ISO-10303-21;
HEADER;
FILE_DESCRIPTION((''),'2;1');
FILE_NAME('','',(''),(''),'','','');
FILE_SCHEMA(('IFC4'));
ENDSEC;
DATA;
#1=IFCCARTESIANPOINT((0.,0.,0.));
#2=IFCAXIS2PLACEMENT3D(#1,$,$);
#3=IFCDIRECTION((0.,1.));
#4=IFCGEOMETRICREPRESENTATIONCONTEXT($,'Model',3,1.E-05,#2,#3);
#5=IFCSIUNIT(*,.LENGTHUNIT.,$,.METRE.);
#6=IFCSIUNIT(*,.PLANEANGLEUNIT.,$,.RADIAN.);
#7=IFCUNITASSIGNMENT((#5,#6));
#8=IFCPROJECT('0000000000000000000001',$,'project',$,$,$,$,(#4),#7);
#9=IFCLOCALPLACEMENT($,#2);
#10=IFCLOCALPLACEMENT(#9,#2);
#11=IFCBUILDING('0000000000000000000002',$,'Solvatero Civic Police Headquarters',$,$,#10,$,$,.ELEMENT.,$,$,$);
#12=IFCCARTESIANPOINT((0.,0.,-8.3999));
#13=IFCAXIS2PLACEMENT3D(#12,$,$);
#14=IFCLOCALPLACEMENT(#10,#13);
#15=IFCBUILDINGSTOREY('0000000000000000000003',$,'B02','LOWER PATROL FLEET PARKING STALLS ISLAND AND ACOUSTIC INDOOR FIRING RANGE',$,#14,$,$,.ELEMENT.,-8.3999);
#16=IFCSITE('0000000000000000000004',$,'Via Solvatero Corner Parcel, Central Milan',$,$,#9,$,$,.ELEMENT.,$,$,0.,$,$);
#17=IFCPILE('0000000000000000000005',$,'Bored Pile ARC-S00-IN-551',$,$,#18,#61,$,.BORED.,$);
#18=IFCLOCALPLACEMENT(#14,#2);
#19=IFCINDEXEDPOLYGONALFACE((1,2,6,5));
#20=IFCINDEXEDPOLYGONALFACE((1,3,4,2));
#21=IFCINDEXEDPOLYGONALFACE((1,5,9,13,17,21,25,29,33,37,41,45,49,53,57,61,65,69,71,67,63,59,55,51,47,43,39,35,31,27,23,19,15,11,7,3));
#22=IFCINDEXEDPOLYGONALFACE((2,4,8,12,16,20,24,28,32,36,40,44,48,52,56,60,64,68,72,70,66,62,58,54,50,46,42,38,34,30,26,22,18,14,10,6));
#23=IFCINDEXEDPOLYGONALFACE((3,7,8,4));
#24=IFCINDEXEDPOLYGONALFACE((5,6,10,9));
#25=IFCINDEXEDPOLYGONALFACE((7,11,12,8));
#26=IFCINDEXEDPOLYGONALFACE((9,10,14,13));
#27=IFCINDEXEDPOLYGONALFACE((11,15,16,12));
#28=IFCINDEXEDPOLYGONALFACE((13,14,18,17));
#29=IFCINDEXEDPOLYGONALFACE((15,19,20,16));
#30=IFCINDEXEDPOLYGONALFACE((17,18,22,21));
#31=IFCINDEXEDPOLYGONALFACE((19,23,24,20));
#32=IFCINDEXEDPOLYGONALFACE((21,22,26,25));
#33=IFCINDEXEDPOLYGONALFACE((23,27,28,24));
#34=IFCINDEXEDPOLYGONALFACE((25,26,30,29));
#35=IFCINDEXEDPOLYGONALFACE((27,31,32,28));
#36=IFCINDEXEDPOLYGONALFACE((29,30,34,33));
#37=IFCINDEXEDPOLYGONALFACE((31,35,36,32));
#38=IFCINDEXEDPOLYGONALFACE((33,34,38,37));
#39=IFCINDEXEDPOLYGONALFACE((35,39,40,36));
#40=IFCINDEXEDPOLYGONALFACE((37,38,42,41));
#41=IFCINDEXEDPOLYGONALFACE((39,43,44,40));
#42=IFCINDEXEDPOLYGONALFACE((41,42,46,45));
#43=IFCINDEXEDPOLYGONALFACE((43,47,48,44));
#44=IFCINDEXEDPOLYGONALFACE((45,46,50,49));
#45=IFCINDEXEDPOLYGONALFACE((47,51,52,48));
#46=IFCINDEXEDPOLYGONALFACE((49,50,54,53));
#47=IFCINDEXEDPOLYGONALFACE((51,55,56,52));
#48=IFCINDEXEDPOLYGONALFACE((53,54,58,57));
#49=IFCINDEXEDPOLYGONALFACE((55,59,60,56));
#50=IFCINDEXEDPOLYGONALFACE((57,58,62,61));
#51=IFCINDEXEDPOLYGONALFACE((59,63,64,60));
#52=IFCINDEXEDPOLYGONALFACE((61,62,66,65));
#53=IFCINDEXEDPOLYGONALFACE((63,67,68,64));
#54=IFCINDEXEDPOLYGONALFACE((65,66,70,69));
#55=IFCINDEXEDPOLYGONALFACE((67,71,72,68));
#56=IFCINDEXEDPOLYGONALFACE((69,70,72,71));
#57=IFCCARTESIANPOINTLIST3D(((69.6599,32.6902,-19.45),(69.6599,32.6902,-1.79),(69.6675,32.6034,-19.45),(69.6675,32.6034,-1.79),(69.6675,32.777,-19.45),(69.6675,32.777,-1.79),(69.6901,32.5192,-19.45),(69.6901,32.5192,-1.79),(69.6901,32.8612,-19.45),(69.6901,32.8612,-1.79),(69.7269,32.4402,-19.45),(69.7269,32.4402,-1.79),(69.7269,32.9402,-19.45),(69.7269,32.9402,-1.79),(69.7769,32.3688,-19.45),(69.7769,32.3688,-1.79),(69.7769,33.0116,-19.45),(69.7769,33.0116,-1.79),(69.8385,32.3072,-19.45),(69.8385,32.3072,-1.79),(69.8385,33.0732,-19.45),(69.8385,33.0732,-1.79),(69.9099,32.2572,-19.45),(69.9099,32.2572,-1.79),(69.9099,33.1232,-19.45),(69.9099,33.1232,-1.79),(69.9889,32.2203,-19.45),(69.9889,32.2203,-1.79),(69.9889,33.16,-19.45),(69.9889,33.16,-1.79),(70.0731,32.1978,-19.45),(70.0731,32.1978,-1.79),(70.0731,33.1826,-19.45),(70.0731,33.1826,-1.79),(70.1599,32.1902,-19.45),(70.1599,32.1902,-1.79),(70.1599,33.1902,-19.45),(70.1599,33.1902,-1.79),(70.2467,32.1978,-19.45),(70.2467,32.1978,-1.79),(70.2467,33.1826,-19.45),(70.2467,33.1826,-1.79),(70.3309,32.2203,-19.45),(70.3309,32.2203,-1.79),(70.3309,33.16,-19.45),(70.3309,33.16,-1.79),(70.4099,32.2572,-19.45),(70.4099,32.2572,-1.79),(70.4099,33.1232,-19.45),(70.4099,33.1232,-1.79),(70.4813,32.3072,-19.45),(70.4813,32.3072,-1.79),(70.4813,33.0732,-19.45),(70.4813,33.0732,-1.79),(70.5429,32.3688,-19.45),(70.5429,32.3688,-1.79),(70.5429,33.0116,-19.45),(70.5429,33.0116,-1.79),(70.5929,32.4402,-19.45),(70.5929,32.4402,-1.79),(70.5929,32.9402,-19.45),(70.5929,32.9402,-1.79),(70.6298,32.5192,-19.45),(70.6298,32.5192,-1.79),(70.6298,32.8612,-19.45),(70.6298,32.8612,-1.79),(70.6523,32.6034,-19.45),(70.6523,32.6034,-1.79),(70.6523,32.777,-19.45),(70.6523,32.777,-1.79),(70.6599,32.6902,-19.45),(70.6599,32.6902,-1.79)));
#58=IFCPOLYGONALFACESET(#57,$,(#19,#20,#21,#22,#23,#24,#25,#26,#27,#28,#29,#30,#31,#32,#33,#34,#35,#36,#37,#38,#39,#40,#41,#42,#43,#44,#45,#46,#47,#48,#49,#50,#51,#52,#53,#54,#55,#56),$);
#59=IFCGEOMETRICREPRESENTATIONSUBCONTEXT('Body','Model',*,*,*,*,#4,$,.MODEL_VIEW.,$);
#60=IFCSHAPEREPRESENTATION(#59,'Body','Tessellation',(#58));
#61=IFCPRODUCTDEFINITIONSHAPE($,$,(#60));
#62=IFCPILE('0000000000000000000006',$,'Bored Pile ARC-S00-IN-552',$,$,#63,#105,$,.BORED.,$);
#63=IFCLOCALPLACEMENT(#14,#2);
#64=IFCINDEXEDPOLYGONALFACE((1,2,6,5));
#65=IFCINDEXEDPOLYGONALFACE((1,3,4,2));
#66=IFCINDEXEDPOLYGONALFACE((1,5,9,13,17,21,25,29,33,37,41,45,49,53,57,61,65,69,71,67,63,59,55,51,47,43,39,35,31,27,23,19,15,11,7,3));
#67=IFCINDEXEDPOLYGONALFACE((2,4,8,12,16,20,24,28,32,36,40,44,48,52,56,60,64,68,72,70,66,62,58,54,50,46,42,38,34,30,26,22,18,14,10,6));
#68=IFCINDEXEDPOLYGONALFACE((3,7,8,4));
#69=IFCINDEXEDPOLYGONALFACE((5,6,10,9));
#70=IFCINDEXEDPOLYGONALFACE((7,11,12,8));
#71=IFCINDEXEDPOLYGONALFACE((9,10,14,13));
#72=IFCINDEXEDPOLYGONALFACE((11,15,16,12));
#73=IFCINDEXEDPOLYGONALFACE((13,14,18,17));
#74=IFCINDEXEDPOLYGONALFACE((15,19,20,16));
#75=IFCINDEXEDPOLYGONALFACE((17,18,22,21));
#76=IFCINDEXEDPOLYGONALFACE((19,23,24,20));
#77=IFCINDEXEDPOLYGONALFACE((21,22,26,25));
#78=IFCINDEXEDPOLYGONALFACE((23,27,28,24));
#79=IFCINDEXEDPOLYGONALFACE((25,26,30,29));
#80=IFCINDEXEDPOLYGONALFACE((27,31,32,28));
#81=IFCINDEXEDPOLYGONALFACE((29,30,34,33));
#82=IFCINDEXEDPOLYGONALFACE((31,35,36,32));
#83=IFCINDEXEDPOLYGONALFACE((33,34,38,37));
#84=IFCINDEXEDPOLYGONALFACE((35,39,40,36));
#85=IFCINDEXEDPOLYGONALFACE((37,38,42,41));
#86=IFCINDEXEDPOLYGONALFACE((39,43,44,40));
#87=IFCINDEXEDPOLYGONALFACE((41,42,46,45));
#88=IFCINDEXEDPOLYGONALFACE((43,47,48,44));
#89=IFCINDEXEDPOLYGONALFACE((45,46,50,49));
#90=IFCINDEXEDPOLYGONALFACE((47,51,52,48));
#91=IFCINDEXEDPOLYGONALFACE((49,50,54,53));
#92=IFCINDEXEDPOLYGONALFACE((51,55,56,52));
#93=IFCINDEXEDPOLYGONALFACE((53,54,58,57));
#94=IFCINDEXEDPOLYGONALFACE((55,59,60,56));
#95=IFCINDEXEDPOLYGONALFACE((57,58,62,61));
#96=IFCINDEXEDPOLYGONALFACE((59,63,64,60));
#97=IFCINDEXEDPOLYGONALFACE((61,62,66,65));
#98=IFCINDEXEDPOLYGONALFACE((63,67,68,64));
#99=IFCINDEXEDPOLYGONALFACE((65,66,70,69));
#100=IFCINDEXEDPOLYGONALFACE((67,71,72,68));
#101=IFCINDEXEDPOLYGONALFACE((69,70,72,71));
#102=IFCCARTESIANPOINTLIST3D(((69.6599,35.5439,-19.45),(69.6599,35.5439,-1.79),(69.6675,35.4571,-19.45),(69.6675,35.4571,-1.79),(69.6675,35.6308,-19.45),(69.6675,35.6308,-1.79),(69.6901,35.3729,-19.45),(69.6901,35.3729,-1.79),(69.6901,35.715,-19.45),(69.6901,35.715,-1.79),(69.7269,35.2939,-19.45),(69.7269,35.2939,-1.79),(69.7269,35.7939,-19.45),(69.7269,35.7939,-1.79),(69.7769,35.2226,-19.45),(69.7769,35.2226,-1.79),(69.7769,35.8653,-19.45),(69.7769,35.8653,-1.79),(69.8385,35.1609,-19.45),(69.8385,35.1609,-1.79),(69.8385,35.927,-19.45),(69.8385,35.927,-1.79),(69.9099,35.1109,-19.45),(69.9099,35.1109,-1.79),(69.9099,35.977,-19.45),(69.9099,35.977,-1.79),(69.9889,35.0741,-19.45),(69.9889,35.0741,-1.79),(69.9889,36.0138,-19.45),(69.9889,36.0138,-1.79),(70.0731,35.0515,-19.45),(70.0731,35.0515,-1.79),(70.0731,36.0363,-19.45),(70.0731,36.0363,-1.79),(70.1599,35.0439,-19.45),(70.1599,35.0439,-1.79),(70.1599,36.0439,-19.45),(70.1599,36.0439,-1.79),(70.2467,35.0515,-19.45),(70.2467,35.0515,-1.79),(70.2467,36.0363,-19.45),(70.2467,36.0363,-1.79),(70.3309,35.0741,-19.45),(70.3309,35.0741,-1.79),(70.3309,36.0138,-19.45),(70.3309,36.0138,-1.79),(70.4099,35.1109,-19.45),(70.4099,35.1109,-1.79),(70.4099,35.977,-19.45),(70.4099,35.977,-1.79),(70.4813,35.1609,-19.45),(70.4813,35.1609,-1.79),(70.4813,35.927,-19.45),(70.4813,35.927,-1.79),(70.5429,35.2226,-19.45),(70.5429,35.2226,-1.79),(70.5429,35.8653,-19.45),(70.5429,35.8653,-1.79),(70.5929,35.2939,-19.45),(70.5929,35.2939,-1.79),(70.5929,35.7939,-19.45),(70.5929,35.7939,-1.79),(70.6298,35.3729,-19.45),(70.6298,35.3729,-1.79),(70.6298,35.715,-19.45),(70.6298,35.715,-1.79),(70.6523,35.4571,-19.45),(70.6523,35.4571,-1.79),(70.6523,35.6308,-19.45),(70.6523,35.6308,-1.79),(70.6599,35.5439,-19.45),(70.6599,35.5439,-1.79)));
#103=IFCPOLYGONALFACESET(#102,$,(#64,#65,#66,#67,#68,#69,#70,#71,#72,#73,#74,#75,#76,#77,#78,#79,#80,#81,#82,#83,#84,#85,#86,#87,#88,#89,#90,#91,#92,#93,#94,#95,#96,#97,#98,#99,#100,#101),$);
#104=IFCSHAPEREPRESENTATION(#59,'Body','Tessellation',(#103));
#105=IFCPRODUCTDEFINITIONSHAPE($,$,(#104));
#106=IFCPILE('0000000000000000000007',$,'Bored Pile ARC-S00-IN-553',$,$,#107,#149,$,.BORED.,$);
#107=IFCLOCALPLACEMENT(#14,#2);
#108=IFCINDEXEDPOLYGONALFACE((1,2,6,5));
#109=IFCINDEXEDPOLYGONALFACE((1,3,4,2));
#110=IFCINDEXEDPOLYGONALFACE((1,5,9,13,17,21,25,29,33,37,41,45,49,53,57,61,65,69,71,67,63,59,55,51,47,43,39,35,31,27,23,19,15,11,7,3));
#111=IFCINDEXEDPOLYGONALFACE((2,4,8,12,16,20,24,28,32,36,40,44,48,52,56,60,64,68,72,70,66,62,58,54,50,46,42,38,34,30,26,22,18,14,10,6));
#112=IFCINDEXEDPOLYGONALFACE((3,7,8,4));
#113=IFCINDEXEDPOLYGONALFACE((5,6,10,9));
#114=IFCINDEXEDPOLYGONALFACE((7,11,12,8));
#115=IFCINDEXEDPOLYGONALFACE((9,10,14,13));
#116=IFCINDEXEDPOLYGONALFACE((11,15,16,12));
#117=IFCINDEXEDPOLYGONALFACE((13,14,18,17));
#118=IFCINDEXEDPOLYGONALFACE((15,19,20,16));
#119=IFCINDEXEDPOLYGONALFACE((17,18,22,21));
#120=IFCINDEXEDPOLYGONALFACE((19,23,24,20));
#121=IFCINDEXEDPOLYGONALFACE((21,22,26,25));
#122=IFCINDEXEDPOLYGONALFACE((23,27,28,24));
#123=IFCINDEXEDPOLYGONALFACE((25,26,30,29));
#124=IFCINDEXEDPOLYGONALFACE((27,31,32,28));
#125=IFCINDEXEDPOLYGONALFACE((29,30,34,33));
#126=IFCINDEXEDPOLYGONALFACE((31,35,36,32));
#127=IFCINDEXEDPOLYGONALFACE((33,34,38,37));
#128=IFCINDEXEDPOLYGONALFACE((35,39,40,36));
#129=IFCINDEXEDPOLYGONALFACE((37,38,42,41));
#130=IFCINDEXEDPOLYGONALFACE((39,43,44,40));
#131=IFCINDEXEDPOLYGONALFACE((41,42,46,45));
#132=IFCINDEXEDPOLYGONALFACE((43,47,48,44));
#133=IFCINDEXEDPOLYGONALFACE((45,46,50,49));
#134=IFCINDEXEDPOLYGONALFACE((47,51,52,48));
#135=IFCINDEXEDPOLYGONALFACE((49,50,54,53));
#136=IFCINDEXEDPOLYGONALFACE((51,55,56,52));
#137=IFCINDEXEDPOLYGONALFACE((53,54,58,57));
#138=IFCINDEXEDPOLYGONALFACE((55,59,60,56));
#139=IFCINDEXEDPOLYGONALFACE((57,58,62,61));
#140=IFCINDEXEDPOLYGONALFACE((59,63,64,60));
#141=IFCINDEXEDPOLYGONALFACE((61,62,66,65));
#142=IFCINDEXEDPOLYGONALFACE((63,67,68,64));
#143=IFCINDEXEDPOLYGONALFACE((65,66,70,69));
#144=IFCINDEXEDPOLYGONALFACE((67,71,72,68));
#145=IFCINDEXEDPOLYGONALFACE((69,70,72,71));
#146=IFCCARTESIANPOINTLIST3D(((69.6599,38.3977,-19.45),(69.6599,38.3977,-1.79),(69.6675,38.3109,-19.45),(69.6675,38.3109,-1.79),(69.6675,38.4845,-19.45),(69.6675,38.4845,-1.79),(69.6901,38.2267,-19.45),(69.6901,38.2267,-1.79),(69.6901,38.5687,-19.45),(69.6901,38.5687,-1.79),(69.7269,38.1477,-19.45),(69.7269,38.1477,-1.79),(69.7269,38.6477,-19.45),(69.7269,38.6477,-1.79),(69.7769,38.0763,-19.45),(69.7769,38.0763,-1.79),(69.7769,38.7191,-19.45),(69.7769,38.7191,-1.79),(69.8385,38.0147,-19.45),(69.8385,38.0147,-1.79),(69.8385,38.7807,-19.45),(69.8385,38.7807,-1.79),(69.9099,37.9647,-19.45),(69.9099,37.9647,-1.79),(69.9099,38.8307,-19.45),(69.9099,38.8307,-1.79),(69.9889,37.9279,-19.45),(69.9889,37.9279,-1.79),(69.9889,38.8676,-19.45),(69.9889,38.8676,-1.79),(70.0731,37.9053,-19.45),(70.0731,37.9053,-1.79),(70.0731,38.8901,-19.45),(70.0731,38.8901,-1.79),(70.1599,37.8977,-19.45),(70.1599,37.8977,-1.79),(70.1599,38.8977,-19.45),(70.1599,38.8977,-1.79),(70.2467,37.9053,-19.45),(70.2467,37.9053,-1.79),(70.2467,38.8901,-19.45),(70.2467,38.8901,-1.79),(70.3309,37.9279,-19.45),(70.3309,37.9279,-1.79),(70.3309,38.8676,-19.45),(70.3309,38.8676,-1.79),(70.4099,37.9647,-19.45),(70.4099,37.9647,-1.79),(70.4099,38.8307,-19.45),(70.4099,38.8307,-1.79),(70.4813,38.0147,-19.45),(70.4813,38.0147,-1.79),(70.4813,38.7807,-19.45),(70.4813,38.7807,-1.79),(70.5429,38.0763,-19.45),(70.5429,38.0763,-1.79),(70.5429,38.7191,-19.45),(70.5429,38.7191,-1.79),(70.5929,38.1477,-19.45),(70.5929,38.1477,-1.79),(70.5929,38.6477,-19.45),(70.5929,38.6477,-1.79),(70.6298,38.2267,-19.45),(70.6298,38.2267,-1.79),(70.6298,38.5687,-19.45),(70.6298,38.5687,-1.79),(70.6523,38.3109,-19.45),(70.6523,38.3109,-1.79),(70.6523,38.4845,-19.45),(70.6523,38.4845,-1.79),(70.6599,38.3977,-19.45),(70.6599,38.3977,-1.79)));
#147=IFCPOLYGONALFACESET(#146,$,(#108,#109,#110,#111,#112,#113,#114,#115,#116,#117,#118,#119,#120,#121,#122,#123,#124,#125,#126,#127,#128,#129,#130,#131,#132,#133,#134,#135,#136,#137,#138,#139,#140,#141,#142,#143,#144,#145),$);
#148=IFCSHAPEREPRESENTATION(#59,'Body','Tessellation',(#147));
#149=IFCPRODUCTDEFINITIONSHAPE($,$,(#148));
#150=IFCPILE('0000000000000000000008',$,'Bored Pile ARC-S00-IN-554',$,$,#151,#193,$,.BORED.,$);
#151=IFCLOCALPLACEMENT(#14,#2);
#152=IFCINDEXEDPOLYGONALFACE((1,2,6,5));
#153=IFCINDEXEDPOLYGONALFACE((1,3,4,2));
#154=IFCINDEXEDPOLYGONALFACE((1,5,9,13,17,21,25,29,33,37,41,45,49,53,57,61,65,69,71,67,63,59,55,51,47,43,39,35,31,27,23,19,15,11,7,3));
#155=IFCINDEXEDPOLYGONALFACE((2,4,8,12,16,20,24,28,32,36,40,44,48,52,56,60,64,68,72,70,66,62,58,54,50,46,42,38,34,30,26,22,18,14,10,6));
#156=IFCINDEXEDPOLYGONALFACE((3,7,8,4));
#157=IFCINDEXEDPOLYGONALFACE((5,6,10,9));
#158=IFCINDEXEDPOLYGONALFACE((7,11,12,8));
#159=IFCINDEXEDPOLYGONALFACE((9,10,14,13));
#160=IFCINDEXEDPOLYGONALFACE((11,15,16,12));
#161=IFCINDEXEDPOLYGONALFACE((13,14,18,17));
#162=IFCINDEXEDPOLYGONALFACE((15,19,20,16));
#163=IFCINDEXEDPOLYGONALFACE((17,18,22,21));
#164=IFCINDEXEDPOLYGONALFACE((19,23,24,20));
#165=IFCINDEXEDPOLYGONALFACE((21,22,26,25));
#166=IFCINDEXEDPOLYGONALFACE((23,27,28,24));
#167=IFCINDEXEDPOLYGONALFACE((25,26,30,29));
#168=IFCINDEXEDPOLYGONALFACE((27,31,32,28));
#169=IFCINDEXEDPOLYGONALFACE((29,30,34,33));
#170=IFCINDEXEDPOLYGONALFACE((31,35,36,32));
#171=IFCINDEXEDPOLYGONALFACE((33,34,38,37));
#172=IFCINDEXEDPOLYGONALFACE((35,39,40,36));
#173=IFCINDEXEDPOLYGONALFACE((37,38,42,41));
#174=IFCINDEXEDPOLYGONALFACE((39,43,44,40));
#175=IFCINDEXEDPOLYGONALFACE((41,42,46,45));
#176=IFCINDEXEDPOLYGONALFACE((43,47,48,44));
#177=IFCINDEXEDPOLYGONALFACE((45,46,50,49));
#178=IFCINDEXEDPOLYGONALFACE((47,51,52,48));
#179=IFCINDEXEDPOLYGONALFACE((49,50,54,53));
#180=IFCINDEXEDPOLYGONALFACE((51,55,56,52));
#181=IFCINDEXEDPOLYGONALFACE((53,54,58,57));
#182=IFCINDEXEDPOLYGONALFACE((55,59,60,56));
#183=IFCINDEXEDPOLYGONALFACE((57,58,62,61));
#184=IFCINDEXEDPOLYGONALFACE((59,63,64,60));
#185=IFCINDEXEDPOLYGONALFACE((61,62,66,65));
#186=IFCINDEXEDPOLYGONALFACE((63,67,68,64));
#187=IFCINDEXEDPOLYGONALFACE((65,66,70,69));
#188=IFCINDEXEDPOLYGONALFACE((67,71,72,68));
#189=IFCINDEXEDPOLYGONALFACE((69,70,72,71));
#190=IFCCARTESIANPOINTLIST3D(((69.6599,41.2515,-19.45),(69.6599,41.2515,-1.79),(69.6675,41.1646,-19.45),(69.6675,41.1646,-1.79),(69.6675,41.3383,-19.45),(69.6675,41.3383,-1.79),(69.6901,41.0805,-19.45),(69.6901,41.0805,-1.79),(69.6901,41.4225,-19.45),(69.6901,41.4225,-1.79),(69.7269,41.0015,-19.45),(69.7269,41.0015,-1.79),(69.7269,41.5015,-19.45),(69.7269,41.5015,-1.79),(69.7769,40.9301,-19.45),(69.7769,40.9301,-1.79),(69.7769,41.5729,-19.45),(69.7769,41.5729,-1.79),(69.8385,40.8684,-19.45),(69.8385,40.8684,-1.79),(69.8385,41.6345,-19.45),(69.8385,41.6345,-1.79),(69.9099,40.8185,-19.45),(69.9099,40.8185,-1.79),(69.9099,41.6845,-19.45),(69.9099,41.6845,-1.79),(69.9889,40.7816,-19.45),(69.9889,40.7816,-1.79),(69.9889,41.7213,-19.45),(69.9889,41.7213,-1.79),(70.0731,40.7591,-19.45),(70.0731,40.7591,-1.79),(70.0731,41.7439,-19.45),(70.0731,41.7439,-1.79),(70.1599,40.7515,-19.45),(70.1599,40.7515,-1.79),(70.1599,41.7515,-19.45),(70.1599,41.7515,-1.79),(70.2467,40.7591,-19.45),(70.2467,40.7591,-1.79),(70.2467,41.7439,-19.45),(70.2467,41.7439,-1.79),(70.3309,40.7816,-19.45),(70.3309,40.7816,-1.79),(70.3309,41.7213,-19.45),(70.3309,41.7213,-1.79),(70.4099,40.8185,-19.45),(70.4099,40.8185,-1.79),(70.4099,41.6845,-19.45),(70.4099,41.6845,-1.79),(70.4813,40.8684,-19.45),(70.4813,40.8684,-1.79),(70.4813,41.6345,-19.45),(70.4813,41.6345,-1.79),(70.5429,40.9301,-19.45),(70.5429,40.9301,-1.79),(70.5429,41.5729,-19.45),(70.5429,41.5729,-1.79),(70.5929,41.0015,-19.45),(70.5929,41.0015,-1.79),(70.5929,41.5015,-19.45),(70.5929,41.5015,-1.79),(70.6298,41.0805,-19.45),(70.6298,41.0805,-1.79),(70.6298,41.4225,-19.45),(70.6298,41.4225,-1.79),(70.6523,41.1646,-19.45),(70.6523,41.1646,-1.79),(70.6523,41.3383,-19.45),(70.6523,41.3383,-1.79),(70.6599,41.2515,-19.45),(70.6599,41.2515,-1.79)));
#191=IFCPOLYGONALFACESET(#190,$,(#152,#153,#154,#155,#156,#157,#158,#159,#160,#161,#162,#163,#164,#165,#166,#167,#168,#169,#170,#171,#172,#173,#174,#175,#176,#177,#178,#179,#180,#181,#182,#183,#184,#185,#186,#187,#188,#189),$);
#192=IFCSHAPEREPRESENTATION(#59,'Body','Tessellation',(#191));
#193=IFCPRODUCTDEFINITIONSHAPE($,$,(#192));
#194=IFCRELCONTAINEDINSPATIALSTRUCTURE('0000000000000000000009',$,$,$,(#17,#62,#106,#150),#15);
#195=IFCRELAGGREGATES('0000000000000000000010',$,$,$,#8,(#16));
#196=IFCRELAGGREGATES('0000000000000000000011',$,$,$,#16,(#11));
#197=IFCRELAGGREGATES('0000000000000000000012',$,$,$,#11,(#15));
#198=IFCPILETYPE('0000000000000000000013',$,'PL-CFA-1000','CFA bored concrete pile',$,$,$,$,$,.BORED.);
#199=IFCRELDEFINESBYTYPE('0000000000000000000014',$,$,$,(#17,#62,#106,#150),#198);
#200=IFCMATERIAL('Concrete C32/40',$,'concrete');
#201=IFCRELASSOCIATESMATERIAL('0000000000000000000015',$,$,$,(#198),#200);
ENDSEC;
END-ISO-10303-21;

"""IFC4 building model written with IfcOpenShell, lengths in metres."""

from ifc_helpers import new_model, si_unit, direction, frame, origin, origin_2d, place, context, subcontext, project, spatial, circle, extrude, material, material_profile, profile_set, type_object, element, save


model = new_model("IFC4")

# Units and contexts
model_context = context("Model", 3, precision=1e-05, world=origin(), true_north=direction((0.0, 1.0)))
body_context = subcontext(model_context, "Body", "Model", "MODEL_VIEW")
ifc_project = project(units=[si_unit("LENGTHUNIT", "METRE"), si_unit("PLANEANGLEUNIT", "RADIAN")], contexts=[model_context])

# Site, building, storey
site_placement = place(None, origin())
site = spatial("IfcSite", under=ifc_project, at=site_placement, Name="Via Solvatero Corner Parcel, Central Milan", CompositionType="ELEMENT", RefElevation=0.0)
building_placement = place(site_placement, origin())
building = spatial("IfcBuilding", under=site, at=building_placement, Name="Solvatero Civic Police Headquarters", CompositionType="ELEMENT")
storey_placement = place(building_placement, frame((0.0, 0.0, -8.3999)))
storey = spatial("IfcBuildingStorey", under=building, at=storey_placement, Name="B02", Description="LOWER PATROL FLEET PARKING STALLS ISLAND AND ACOUSTIC INDOOR FIRING RANGE", CompositionType="ELEMENT", Elevation=-8.3999)

# Piles
ifc_material_1 = material(Name="Concrete C32/40", Category="concrete")
ifc_material_profile_1 = material_profile(ifc_material_1, circle(Radius=0.5, at=origin_2d()), Name="CFA PILE D1000")
ifc_profile_set_1 = profile_set([ifc_material_profile_1], Name="Concrete C32/40")
pile_type = type_object("IfcPileType", Name="PL-CFA-1000", Description="CFA bored concrete pile", PredefinedType="BORED", material=ifc_profile_set_1)
for number, where, z_axis, x_axis, name in (
    (1, (70.1599, 32.6902, -1.79), (0.0, 0.0, -1.0), (1.0, 0.0, 0.0), "Bored Pile ARC-S00-IN-551"),
    (2, (70.1599, 35.5439, -1.79), (0.0, 0.0, -1.0), (1.0, 0.0, 0.0), "Bored Pile ARC-S00-IN-552"),
    (3, (70.1599, 38.3977, -1.79), (0.0, 0.0, -1.0), (1.0, 0.0, 0.0), "Bored Pile ARC-S00-IN-553"),
    (4, (70.1599, 41.2515, -1.79), (0.0, 0.0, -1.0), (1.0, 0.0, 0.0), "Bored Pile ARC-S00-IN-554"),
):
    element("IfcPile", number, at=place(storey_placement, frame(where, z_axis=z_axis, x_axis=x_axis)), inside=storey, type_object=pile_type, Name=name, PredefinedType="BORED", context=body_context, shape_type="SweptSolid", body=[
        extrude(circle(Radius=0.5, at=origin_2d()), origin(), (0.0, 0.0, 1.0), 17.6599),
    ])

save(model, "model.ifc")
